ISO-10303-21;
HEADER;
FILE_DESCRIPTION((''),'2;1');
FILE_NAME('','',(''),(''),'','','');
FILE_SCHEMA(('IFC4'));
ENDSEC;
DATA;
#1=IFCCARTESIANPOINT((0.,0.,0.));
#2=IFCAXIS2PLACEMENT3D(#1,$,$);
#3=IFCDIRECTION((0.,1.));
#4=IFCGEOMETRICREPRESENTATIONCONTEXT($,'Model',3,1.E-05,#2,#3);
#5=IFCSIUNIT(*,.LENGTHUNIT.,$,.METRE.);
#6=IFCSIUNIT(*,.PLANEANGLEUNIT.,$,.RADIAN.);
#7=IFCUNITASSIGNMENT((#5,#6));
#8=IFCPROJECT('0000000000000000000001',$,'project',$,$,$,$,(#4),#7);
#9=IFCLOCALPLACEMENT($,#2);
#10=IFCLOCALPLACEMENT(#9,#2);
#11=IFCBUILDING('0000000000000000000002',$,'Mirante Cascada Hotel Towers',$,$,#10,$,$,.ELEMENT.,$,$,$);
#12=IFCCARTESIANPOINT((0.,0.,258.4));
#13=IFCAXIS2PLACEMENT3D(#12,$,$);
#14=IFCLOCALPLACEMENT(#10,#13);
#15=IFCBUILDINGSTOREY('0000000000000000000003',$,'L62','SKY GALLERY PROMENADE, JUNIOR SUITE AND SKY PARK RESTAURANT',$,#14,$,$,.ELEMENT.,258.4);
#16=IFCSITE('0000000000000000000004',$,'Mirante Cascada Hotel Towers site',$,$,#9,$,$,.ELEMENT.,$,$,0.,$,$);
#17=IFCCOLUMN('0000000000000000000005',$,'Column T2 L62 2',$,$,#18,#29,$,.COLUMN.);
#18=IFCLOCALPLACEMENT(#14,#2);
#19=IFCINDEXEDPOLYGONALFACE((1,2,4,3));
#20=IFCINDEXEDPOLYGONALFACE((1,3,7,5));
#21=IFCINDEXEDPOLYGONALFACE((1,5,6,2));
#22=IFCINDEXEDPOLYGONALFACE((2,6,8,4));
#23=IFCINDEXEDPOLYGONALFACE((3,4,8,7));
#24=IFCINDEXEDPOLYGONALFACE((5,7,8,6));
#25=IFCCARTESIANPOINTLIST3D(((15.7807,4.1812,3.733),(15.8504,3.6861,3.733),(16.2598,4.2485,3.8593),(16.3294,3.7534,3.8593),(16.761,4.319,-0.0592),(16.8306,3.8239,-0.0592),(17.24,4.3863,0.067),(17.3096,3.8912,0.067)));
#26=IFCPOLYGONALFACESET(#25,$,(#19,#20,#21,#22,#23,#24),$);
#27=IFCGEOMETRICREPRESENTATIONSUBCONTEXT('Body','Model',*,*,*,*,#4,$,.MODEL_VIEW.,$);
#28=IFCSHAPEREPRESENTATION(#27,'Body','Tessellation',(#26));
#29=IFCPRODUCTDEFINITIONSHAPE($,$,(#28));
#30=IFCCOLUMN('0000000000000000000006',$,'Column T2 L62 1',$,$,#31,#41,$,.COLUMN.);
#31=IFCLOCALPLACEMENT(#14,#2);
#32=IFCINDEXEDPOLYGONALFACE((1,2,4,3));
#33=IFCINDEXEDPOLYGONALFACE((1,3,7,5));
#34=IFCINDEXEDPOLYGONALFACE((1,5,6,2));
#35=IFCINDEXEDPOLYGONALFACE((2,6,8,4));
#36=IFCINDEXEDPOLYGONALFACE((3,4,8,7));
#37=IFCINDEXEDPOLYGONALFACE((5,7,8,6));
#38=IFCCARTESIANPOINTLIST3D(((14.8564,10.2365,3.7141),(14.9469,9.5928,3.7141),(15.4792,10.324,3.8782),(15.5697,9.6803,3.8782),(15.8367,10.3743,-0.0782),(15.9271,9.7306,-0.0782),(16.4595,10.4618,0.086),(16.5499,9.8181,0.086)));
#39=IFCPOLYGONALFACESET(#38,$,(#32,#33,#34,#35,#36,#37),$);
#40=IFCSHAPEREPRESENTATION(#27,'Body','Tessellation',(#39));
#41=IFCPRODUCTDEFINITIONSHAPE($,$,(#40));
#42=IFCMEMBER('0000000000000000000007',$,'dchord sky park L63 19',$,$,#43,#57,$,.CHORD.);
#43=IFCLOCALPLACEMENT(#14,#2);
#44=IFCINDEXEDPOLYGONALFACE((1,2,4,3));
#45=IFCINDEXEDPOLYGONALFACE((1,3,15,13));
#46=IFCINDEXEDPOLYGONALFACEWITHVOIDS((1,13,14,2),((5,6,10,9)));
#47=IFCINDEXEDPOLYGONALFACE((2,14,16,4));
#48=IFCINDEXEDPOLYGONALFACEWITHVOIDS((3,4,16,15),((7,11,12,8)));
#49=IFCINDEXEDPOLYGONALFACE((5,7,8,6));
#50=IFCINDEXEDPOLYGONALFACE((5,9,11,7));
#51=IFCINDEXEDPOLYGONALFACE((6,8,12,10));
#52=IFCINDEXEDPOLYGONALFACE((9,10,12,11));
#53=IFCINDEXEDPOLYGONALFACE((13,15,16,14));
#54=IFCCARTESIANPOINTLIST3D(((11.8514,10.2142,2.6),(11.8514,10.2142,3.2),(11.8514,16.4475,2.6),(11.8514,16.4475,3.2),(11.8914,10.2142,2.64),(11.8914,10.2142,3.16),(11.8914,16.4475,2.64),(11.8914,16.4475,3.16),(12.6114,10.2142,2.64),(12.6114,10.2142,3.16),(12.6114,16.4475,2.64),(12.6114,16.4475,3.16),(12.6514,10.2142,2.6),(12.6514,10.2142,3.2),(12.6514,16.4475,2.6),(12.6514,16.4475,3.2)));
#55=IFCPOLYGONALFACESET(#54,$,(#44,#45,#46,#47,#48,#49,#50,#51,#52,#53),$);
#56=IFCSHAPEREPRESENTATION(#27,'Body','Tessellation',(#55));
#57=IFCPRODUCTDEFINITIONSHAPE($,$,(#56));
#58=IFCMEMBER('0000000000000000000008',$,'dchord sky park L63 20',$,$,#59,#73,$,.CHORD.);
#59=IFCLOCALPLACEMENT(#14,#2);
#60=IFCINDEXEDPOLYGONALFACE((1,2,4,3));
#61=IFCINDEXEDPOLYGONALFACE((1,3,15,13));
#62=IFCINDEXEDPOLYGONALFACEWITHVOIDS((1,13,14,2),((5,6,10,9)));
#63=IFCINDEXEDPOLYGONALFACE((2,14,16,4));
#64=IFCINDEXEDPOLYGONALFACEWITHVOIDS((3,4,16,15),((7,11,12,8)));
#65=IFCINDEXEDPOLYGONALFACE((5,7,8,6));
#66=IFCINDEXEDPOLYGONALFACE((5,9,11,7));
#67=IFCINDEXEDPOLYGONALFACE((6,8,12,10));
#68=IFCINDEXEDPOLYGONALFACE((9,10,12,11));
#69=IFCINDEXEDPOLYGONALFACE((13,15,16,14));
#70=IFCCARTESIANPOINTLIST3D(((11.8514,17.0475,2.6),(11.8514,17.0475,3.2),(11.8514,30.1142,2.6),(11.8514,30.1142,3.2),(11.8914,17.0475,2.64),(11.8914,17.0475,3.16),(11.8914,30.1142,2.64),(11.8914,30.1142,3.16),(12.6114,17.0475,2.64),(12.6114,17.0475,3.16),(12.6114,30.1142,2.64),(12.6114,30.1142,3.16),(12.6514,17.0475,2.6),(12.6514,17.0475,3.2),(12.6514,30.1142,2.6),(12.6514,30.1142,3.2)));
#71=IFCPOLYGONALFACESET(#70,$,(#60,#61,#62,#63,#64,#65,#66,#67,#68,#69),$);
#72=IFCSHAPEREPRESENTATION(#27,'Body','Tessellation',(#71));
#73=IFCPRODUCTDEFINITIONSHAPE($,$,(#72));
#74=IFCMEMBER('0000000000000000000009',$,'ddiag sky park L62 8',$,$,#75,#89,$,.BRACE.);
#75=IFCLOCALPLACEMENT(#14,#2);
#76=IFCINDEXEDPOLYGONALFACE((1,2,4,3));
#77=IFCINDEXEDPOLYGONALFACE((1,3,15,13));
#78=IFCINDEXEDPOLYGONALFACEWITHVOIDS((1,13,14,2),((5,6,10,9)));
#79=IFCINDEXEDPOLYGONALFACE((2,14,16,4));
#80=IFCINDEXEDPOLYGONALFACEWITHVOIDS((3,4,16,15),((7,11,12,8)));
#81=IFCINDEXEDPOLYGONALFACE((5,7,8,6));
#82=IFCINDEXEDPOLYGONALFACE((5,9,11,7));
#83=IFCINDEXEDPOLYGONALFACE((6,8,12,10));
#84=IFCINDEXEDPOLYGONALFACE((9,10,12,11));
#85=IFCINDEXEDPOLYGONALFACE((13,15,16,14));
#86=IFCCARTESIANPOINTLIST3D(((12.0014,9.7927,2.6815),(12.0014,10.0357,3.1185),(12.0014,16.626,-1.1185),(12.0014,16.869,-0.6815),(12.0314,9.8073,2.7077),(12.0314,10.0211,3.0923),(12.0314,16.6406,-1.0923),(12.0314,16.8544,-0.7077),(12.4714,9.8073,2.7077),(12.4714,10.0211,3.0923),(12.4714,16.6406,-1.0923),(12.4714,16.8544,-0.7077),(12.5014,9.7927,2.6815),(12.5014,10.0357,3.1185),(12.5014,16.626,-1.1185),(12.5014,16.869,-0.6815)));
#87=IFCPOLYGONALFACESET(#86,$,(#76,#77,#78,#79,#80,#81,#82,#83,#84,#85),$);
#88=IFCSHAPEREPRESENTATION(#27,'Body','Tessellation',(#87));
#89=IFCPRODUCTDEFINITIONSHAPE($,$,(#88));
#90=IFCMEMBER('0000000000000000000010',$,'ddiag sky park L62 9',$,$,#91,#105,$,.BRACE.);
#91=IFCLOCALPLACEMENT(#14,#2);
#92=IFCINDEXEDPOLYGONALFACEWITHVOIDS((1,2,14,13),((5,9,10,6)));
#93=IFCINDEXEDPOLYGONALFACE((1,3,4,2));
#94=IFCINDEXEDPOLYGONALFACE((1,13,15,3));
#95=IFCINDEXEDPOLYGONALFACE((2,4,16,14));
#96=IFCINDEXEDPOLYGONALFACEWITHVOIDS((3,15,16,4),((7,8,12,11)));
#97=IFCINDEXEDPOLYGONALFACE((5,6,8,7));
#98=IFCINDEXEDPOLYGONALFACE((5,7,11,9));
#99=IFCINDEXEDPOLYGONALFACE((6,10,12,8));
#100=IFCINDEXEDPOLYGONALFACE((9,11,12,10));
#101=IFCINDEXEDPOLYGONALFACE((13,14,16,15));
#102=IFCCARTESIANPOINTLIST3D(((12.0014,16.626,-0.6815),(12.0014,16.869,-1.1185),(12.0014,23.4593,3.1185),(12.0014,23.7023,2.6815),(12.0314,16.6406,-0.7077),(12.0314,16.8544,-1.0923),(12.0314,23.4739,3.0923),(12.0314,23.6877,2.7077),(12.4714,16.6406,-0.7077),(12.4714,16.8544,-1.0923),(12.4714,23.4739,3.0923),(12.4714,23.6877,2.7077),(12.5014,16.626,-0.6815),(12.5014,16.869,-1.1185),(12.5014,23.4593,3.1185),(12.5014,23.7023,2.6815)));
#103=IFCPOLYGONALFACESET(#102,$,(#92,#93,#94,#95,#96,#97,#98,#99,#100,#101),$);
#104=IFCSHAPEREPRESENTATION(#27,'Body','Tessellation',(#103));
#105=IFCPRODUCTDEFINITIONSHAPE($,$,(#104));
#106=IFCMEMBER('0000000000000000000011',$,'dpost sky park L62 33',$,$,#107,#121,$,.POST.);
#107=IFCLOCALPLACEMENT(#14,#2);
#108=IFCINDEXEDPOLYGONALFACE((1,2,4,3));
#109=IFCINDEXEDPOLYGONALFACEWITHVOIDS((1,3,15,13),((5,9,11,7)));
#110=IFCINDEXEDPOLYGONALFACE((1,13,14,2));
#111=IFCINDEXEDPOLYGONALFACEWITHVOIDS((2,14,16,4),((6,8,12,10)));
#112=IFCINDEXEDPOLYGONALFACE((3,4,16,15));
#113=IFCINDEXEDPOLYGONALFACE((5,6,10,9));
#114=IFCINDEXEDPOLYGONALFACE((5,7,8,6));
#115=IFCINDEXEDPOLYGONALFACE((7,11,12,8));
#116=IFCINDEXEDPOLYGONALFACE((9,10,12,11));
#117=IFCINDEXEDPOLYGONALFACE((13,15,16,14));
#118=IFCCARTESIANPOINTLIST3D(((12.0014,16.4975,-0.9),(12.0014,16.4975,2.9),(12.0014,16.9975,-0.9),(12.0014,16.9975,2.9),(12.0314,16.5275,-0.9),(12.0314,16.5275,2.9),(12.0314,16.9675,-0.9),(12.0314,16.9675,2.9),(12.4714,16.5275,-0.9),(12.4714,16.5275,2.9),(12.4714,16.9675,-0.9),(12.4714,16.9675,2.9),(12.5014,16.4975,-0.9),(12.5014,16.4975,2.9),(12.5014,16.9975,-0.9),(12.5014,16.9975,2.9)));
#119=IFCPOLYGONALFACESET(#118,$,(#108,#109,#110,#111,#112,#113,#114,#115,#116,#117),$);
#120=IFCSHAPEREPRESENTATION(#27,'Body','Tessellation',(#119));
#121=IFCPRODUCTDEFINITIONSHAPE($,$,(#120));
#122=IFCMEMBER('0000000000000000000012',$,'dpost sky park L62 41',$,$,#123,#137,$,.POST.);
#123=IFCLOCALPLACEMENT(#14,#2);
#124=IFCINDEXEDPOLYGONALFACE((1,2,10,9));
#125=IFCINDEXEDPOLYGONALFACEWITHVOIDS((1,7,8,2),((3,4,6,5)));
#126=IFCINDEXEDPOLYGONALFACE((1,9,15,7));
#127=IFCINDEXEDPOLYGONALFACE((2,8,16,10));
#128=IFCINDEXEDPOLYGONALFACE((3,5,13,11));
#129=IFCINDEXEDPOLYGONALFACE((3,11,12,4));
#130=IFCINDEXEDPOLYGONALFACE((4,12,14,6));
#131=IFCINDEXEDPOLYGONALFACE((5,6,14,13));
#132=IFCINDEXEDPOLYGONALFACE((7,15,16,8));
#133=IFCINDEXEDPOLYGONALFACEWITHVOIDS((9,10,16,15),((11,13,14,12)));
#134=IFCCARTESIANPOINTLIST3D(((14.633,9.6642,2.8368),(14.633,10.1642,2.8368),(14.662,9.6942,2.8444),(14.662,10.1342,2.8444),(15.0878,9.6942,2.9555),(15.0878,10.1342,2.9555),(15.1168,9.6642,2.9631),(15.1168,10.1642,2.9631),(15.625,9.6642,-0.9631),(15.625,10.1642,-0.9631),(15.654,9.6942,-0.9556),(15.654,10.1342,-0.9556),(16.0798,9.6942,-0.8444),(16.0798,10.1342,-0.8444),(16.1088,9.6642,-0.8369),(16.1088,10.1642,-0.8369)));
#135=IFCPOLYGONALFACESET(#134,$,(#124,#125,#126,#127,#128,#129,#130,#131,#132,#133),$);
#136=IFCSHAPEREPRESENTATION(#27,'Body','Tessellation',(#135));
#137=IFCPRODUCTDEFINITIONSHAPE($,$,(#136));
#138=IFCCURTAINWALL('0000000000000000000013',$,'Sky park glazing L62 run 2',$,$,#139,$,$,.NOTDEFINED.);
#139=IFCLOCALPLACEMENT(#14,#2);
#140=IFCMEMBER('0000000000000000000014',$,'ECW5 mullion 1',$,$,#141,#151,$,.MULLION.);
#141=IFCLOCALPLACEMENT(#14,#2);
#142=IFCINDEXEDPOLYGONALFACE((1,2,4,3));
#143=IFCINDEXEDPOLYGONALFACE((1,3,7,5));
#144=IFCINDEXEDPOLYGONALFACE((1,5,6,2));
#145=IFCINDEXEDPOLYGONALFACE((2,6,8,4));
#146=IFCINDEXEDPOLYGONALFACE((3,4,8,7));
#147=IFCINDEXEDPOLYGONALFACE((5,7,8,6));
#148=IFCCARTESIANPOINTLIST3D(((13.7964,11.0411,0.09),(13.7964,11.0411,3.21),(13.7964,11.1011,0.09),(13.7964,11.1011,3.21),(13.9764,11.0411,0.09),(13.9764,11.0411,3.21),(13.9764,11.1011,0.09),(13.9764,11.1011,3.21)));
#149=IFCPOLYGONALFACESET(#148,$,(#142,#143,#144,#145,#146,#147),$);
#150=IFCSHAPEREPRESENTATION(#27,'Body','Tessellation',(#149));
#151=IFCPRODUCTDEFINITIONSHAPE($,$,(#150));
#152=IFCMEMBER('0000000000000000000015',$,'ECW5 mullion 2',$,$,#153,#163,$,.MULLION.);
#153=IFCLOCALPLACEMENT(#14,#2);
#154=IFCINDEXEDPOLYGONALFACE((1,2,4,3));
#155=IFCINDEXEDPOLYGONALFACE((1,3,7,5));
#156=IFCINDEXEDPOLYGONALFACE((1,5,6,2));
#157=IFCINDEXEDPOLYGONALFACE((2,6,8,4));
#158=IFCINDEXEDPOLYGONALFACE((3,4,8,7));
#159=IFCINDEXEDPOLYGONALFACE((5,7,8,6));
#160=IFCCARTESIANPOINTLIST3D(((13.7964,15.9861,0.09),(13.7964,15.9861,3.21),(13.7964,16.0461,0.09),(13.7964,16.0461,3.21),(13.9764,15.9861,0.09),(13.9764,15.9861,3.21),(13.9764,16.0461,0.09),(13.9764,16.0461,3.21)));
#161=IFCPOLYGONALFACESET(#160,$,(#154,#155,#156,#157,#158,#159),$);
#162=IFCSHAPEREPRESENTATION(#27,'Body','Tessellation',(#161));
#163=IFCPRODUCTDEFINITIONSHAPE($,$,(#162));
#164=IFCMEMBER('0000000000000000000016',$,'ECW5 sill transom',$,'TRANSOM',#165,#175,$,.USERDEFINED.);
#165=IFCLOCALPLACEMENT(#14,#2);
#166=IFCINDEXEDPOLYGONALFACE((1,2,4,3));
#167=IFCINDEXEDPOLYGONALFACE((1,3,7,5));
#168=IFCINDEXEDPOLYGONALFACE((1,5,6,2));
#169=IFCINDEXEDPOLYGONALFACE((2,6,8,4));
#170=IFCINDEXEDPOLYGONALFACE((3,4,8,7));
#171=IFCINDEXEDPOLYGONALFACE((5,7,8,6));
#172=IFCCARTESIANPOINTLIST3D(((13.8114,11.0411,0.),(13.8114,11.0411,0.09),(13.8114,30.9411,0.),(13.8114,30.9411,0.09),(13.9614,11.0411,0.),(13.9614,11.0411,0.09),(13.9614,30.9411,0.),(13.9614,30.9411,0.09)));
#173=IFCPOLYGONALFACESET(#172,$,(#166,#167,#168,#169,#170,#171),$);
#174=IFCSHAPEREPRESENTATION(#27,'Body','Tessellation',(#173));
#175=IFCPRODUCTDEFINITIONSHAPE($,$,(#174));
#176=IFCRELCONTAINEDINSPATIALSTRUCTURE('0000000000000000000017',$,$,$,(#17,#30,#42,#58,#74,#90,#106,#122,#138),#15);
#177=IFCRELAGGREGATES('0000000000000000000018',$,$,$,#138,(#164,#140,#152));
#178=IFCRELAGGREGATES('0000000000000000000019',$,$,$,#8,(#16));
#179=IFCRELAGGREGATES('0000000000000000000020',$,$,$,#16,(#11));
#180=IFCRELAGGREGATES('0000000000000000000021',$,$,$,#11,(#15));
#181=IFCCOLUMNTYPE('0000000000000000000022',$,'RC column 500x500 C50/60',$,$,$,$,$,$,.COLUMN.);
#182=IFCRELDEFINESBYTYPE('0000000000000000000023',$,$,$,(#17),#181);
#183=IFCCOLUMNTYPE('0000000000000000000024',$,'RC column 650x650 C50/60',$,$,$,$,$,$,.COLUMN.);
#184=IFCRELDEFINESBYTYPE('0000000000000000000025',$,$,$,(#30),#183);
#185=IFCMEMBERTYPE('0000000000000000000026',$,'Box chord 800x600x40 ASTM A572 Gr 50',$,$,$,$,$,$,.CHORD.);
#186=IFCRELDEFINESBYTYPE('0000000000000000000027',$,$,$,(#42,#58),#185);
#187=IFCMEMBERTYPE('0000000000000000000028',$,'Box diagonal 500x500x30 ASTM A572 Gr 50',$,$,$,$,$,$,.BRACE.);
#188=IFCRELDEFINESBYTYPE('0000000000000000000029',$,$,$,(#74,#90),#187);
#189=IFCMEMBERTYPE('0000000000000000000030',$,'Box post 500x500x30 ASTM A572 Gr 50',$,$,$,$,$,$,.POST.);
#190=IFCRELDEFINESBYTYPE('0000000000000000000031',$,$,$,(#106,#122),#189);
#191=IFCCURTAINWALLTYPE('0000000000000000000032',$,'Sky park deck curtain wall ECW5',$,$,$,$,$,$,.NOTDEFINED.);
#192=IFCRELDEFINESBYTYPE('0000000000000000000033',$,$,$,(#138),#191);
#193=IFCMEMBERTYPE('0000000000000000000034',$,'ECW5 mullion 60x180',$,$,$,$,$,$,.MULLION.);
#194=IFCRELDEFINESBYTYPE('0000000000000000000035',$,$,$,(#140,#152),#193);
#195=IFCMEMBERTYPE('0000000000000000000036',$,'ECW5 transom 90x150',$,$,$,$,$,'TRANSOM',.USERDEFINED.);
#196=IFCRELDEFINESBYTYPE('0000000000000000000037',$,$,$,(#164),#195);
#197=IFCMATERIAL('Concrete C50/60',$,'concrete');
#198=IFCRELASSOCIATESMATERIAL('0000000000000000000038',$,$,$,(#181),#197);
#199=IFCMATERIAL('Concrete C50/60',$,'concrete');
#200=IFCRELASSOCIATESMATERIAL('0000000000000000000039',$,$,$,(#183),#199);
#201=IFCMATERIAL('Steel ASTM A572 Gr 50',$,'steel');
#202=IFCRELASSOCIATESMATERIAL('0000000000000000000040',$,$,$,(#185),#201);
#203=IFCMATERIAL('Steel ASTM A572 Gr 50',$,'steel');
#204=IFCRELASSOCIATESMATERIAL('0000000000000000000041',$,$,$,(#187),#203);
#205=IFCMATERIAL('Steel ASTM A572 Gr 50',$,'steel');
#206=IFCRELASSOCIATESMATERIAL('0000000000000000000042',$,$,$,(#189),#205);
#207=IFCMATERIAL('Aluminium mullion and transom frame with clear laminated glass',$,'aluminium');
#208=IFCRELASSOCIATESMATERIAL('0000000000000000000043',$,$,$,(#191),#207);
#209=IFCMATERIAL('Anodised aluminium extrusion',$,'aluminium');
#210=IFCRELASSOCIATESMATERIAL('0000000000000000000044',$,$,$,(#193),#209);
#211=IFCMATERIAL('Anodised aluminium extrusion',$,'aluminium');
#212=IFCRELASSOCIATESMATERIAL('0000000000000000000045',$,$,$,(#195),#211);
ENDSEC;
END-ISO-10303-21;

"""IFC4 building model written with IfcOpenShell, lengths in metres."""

from ifc_helpers import new_model, si_unit, direction, frame, origin, origin_2d, place, context, subcontext, project, spatial, rectangle, hollow_rectangle, extrude, material, material_profile, profile_set, type_object, element, aggregate, save


model = new_model("IFC4")

# Units and contexts
model_context = context("Model", 3, precision=1e-05, world=origin(), true_north=direction((0.0, 1.0)))
body_context = subcontext(model_context, "Body", "Model", "MODEL_VIEW")
ifc_project = project(units=[si_unit("LENGTHUNIT", "METRE"), si_unit("PLANEANGLEUNIT", "RADIAN")], contexts=[model_context])

# Site, building, storey
site_placement = place(None, origin())
site = spatial("IfcSite", under=ifc_project, at=site_placement, Name="Mirante Cascada Hotel Towers site", CompositionType="ELEMENT", RefElevation=0.0)
building_placement = place(site_placement, origin())
building = spatial("IfcBuilding", under=site, at=building_placement, Name="Mirante Cascada Hotel Towers", CompositionType="ELEMENT")
storey_placement = place(building_placement, frame((0.0, 0.0, 258.4)))
storey = spatial("IfcBuildingStorey", under=building, at=storey_placement, Name="L62", Description="SKY GALLERY PROMENADE, JUNIOR SUITE AND SKY PARK RESTAURANT", CompositionType="ELEMENT", Elevation=258.4)

# Columns
ifc_material_1 = material(Name="Concrete C50/60", Category="concrete")
ifc_material_profile_1 = material_profile(ifc_material_1, rectangle(XDim=0.5, YDim=0.5, at=origin_2d()), Name="RC column 500x500 C50/60")
ifc_profile_set_1 = profile_set([ifc_material_profile_1], Name="Concrete C50/60")
column_type_1 = type_object("IfcColumnType", Name="RC column 500x500 C50/60", PredefinedType="COLUMN", material=ifc_profile_set_1)
column_1_placement = place(storey_placement, frame((17.0353, 4.1051, 0.0039), z_axis=(-0.250099, -0.03516, 0.967582), x_axis=(0.139215, -0.990262, 0.0)))
element("IfcColumn", 1, at=column_1_placement, inside=storey, type_object=column_type_1, Name="Column T2 L62 2", PredefinedType="COLUMN", context=body_context, shape_type="SweptSolid", body=[
    extrude(rectangle(XDim=0.5, YDim=0.5, at=origin_2d()), origin(), (0.0, 0.0, 1.0), 3.9193),
])
ifc_material_2 = material(Name="Concrete C50/60", Category="concrete")
ifc_material_profile_2 = material_profile(ifc_material_2, rectangle(XDim=0.65, YDim=0.65, at=origin_2d()), Name="RC column 650x650 C50/60")
ifc_profile_set_2 = profile_set([ifc_material_profile_2], Name="Concrete C50/60")
column_type_2 = type_object("IfcColumnType", Name="RC column 650x650 C50/60", PredefinedType="COLUMN", material=ifc_profile_set_2)
column_2_placement = place(storey_placement, frame((16.1933, 10.0962, 0.0039), z_axis=(-0.250099, -0.03516, 0.967582), x_axis=(0.139215, -0.990262, 0.0)))
element("IfcColumn", 2, at=column_2_placement, inside=storey, type_object=column_type_2, Name="Column T2 L62 1", PredefinedType="COLUMN", context=body_context, shape_type="SweptSolid", body=[
    extrude(rectangle(XDim=0.65, YDim=0.65, at=origin_2d()), origin(), (0.0, 0.0, 1.0), 3.9193),
])

# Members
ifc_material_3 = material(Name="Steel ASTM A572 Gr 50", Category="steel")
ifc_material_profile_3 = material_profile(ifc_material_3, hollow_rectangle(XDim=0.6, YDim=0.8, WallThickness=0.04, at=origin_2d()), Name="Box chord 800x600x40 ASTM A572 Gr 50")
ifc_profile_set_3 = profile_set([ifc_material_profile_3], Name="Steel ASTM A572 Gr 50")
member_type_1 = type_object("IfcMemberType", Name="Box chord 800x600x40 ASTM A572 Gr 50", PredefinedType="CHORD", material=ifc_profile_set_3)
member_1_placement = place(storey_placement, frame((12.2514, 10.2142, 2.9), z_axis=(0.0, 1.0, 0.0), x_axis=(0.0, 0.0, 1.0)))
element("IfcMember", 3, at=member_1_placement, inside=storey, type_object=member_type_1, Name="dchord sky park L63 19", PredefinedType="CHORD", context=body_context, shape_type="SweptSolid", body=[
    extrude(hollow_rectangle(XDim=0.6, YDim=0.8, WallThickness=0.04, at=origin_2d()), origin(), (0.0, 0.0, 1.0), 6.2333),
])
member_2_placement = place(storey_placement, frame((12.2514, 17.0475, 2.9), z_axis=(0.0, 1.0, 0.0), x_axis=(0.0, 0.0, 1.0)))
element("IfcMember", 4, at=member_2_placement, inside=storey, type_object=member_type_1, Name="dchord sky park L63 20", PredefinedType="CHORD", context=body_context, shape_type="SweptSolid", body=[
    extrude(hollow_rectangle(XDim=0.6, YDim=0.8, WallThickness=0.04, at=origin_2d()), origin(), (0.0, 0.0, 1.0), 13.0667),
])
ifc_material_4 = material(Name="Steel ASTM A572 Gr 50", Category="steel")
ifc_material_profile_4 = material_profile(ifc_material_4, hollow_rectangle(XDim=0.5, YDim=0.5, WallThickness=0.03, at=origin_2d()), Name="Box diagonal 500x500x30 ASTM A572 Gr 50")
ifc_profile_set_4 = profile_set([ifc_material_profile_4], Name="Steel ASTM A572 Gr 50")
member_type_2 = type_object("IfcMemberType", Name="Box diagonal 500x500x30 ASTM A572 Gr 50", PredefinedType="BRACE", material=ifc_profile_set_4)
for number, where, z_axis, x_axis, name in (
    (5, (12.2514, 16.7475, -0.9), (0.0, -0.873955, 0.486007), (1.0, 0.0, 0.0), "ddiag sky park L62 8"),
    (6, (12.2514, 16.7475, -0.9), (0.0, 0.873955, 0.486007), (-1.0, 0.0, 0.0), "ddiag sky park L62 9"),
):
    element("IfcMember", number, at=place(storey_placement, frame(where, z_axis=z_axis, x_axis=x_axis)), inside=storey, type_object=member_type_2, Name=name, PredefinedType="BRACE", context=body_context, shape_type="SweptSolid", body=[
        extrude(hollow_rectangle(XDim=0.5, YDim=0.5, WallThickness=0.03, at=origin_2d()), origin(), (0.0, 0.0, 1.0), 7.8188),
    ])
ifc_material_5 = material(Name="Steel ASTM A572 Gr 50", Category="steel")
ifc_material_profile_5 = material_profile(ifc_material_5, hollow_rectangle(XDim=0.5, YDim=0.5, WallThickness=0.03, at=origin_2d()), Name="Box post 500x500x30 ASTM A572 Gr 50")
ifc_profile_set_5 = profile_set([ifc_material_profile_5], Name="Steel ASTM A572 Gr 50")
member_type_3 = type_object("IfcMemberType", Name="Box post 500x500x30 ASTM A572 Gr 50", PredefinedType="POST", material=ifc_profile_set_5)
member_3_placement = place(storey_placement, frame((12.2514, 16.7475, -0.9), z_axis=(0.0, 0.0, 1.0), x_axis=(1.0, 0.0, 0.0)))
element("IfcMember", 7, at=member_3_placement, inside=storey, type_object=member_type_3, Name="dpost sky park L62 33", PredefinedType="POST", context=body_context, shape_type="SweptSolid", body=[
    extrude(hollow_rectangle(XDim=0.5, YDim=0.5, WallThickness=0.03, at=origin_2d()), origin(), (0.0, 0.0, 1.0), 3.8),
])
member_4_placement = place(storey_placement, frame((15.8669, 9.9142, -0.9), z_axis=(-0.252588, 0.0, 0.967574), x_axis=(0.0, -1.0, 0.0)))
element("IfcMember", 8, at=member_4_placement, inside=storey, type_object=member_type_3, Name="dpost sky park L62 41", PredefinedType="POST", context=body_context, shape_type="SweptSolid", body=[
    extrude(hollow_rectangle(XDim=0.5, YDim=0.5, WallThickness=0.03, at=origin_2d()), origin(), (0.0, 0.0, 1.0), 3.9273),
])

# Curtain wall, members
ifc_material_6 = material(Name="Aluminium mullion and transom frame with clear laminated glass", Category="aluminium")
curtain_wall_type = type_object("IfcCurtainWallType", Name="Sky park deck curtain wall ECW5", PredefinedType="NOTDEFINED", material=ifc_material_6)
curtain_wall_placement = place(storey_placement, origin())
curtain_wall = element("IfcCurtainWall", 9, at=curtain_wall_placement, inside=storey, type_object=curtain_wall_type, Name="Sky park glazing L62 run 2", PredefinedType="NOTDEFINED")
ifc_material_7 = material(Name="Anodised aluminium extrusion", Category="aluminium")
ifc_material_profile_6 = material_profile(ifc_material_7, rectangle(XDim=0.18, YDim=0.06, at=origin_2d()), Name="ECW5 MULLION 60x180")
ifc_profile_set_6 = profile_set([ifc_material_profile_6], Name="Anodised aluminium extrusion")
member_type_4 = type_object("IfcMemberType", Name="ECW5 mullion 60x180", PredefinedType="MULLION", material=ifc_profile_set_6)
member_5_placement = place(storey_placement, frame((13.8864, 11.0711, 0.09), z_axis=(0.0, 0.0, 1.0), x_axis=(-1.0, 0.0, 0.0)))
member_5 = element("IfcMember", 10, at=member_5_placement, type_object=member_type_4, Name="ECW5 mullion 1", PredefinedType="MULLION", context=body_context, shape_type="SweptSolid", body=[
    extrude(rectangle(XDim=0.18, YDim=0.06, at=origin_2d()), origin(), (0.0, 0.0, 1.0), 3.12),
])
member_6_placement = place(storey_placement, frame((13.8864, 16.0161, 0.09), z_axis=(0.0, 0.0, 1.0), x_axis=(-1.0, 0.0, 0.0)))
member_6 = element("IfcMember", 11, at=member_6_placement, type_object=member_type_4, Name="ECW5 mullion 2", PredefinedType="MULLION", context=body_context, shape_type="SweptSolid", body=[
    extrude(rectangle(XDim=0.18, YDim=0.06, at=origin_2d()), origin(), (0.0, 0.0, 1.0), 3.12),
])
ifc_material_8 = material(Name="Anodised aluminium extrusion", Category="aluminium")
ifc_material_profile_7 = material_profile(ifc_material_8, rectangle(XDim=0.15, YDim=0.09, at=origin_2d()), Name="ECW5 TRANSOM 90x150")
ifc_profile_set_7 = profile_set([ifc_material_profile_7], Name="Anodised aluminium extrusion")
member_type_5 = type_object("IfcMemberType", Name="ECW5 transom 90x150", ElementType="TRANSOM", PredefinedType="USERDEFINED", material=ifc_profile_set_7)
member_7_placement = place(storey_placement, frame((13.8864, 11.0411, 0.045), z_axis=(0.0, 1.0, 0.0), x_axis=(-1.0, 0.0, 0.0)))
member_7 = element("IfcMember", 12, at=member_7_placement, type_object=member_type_5, Name="ECW5 sill transom", ObjectType="TRANSOM", PredefinedType="USERDEFINED", context=body_context, shape_type="SweptSolid", body=[
    extrude(rectangle(XDim=0.15, YDim=0.09, at=origin_2d()), origin(), (0.0, 0.0, 1.0), 19.9),
])
aggregate(curtain_wall, [member_7, member_5, member_6])

save(model, "model.ifc")
